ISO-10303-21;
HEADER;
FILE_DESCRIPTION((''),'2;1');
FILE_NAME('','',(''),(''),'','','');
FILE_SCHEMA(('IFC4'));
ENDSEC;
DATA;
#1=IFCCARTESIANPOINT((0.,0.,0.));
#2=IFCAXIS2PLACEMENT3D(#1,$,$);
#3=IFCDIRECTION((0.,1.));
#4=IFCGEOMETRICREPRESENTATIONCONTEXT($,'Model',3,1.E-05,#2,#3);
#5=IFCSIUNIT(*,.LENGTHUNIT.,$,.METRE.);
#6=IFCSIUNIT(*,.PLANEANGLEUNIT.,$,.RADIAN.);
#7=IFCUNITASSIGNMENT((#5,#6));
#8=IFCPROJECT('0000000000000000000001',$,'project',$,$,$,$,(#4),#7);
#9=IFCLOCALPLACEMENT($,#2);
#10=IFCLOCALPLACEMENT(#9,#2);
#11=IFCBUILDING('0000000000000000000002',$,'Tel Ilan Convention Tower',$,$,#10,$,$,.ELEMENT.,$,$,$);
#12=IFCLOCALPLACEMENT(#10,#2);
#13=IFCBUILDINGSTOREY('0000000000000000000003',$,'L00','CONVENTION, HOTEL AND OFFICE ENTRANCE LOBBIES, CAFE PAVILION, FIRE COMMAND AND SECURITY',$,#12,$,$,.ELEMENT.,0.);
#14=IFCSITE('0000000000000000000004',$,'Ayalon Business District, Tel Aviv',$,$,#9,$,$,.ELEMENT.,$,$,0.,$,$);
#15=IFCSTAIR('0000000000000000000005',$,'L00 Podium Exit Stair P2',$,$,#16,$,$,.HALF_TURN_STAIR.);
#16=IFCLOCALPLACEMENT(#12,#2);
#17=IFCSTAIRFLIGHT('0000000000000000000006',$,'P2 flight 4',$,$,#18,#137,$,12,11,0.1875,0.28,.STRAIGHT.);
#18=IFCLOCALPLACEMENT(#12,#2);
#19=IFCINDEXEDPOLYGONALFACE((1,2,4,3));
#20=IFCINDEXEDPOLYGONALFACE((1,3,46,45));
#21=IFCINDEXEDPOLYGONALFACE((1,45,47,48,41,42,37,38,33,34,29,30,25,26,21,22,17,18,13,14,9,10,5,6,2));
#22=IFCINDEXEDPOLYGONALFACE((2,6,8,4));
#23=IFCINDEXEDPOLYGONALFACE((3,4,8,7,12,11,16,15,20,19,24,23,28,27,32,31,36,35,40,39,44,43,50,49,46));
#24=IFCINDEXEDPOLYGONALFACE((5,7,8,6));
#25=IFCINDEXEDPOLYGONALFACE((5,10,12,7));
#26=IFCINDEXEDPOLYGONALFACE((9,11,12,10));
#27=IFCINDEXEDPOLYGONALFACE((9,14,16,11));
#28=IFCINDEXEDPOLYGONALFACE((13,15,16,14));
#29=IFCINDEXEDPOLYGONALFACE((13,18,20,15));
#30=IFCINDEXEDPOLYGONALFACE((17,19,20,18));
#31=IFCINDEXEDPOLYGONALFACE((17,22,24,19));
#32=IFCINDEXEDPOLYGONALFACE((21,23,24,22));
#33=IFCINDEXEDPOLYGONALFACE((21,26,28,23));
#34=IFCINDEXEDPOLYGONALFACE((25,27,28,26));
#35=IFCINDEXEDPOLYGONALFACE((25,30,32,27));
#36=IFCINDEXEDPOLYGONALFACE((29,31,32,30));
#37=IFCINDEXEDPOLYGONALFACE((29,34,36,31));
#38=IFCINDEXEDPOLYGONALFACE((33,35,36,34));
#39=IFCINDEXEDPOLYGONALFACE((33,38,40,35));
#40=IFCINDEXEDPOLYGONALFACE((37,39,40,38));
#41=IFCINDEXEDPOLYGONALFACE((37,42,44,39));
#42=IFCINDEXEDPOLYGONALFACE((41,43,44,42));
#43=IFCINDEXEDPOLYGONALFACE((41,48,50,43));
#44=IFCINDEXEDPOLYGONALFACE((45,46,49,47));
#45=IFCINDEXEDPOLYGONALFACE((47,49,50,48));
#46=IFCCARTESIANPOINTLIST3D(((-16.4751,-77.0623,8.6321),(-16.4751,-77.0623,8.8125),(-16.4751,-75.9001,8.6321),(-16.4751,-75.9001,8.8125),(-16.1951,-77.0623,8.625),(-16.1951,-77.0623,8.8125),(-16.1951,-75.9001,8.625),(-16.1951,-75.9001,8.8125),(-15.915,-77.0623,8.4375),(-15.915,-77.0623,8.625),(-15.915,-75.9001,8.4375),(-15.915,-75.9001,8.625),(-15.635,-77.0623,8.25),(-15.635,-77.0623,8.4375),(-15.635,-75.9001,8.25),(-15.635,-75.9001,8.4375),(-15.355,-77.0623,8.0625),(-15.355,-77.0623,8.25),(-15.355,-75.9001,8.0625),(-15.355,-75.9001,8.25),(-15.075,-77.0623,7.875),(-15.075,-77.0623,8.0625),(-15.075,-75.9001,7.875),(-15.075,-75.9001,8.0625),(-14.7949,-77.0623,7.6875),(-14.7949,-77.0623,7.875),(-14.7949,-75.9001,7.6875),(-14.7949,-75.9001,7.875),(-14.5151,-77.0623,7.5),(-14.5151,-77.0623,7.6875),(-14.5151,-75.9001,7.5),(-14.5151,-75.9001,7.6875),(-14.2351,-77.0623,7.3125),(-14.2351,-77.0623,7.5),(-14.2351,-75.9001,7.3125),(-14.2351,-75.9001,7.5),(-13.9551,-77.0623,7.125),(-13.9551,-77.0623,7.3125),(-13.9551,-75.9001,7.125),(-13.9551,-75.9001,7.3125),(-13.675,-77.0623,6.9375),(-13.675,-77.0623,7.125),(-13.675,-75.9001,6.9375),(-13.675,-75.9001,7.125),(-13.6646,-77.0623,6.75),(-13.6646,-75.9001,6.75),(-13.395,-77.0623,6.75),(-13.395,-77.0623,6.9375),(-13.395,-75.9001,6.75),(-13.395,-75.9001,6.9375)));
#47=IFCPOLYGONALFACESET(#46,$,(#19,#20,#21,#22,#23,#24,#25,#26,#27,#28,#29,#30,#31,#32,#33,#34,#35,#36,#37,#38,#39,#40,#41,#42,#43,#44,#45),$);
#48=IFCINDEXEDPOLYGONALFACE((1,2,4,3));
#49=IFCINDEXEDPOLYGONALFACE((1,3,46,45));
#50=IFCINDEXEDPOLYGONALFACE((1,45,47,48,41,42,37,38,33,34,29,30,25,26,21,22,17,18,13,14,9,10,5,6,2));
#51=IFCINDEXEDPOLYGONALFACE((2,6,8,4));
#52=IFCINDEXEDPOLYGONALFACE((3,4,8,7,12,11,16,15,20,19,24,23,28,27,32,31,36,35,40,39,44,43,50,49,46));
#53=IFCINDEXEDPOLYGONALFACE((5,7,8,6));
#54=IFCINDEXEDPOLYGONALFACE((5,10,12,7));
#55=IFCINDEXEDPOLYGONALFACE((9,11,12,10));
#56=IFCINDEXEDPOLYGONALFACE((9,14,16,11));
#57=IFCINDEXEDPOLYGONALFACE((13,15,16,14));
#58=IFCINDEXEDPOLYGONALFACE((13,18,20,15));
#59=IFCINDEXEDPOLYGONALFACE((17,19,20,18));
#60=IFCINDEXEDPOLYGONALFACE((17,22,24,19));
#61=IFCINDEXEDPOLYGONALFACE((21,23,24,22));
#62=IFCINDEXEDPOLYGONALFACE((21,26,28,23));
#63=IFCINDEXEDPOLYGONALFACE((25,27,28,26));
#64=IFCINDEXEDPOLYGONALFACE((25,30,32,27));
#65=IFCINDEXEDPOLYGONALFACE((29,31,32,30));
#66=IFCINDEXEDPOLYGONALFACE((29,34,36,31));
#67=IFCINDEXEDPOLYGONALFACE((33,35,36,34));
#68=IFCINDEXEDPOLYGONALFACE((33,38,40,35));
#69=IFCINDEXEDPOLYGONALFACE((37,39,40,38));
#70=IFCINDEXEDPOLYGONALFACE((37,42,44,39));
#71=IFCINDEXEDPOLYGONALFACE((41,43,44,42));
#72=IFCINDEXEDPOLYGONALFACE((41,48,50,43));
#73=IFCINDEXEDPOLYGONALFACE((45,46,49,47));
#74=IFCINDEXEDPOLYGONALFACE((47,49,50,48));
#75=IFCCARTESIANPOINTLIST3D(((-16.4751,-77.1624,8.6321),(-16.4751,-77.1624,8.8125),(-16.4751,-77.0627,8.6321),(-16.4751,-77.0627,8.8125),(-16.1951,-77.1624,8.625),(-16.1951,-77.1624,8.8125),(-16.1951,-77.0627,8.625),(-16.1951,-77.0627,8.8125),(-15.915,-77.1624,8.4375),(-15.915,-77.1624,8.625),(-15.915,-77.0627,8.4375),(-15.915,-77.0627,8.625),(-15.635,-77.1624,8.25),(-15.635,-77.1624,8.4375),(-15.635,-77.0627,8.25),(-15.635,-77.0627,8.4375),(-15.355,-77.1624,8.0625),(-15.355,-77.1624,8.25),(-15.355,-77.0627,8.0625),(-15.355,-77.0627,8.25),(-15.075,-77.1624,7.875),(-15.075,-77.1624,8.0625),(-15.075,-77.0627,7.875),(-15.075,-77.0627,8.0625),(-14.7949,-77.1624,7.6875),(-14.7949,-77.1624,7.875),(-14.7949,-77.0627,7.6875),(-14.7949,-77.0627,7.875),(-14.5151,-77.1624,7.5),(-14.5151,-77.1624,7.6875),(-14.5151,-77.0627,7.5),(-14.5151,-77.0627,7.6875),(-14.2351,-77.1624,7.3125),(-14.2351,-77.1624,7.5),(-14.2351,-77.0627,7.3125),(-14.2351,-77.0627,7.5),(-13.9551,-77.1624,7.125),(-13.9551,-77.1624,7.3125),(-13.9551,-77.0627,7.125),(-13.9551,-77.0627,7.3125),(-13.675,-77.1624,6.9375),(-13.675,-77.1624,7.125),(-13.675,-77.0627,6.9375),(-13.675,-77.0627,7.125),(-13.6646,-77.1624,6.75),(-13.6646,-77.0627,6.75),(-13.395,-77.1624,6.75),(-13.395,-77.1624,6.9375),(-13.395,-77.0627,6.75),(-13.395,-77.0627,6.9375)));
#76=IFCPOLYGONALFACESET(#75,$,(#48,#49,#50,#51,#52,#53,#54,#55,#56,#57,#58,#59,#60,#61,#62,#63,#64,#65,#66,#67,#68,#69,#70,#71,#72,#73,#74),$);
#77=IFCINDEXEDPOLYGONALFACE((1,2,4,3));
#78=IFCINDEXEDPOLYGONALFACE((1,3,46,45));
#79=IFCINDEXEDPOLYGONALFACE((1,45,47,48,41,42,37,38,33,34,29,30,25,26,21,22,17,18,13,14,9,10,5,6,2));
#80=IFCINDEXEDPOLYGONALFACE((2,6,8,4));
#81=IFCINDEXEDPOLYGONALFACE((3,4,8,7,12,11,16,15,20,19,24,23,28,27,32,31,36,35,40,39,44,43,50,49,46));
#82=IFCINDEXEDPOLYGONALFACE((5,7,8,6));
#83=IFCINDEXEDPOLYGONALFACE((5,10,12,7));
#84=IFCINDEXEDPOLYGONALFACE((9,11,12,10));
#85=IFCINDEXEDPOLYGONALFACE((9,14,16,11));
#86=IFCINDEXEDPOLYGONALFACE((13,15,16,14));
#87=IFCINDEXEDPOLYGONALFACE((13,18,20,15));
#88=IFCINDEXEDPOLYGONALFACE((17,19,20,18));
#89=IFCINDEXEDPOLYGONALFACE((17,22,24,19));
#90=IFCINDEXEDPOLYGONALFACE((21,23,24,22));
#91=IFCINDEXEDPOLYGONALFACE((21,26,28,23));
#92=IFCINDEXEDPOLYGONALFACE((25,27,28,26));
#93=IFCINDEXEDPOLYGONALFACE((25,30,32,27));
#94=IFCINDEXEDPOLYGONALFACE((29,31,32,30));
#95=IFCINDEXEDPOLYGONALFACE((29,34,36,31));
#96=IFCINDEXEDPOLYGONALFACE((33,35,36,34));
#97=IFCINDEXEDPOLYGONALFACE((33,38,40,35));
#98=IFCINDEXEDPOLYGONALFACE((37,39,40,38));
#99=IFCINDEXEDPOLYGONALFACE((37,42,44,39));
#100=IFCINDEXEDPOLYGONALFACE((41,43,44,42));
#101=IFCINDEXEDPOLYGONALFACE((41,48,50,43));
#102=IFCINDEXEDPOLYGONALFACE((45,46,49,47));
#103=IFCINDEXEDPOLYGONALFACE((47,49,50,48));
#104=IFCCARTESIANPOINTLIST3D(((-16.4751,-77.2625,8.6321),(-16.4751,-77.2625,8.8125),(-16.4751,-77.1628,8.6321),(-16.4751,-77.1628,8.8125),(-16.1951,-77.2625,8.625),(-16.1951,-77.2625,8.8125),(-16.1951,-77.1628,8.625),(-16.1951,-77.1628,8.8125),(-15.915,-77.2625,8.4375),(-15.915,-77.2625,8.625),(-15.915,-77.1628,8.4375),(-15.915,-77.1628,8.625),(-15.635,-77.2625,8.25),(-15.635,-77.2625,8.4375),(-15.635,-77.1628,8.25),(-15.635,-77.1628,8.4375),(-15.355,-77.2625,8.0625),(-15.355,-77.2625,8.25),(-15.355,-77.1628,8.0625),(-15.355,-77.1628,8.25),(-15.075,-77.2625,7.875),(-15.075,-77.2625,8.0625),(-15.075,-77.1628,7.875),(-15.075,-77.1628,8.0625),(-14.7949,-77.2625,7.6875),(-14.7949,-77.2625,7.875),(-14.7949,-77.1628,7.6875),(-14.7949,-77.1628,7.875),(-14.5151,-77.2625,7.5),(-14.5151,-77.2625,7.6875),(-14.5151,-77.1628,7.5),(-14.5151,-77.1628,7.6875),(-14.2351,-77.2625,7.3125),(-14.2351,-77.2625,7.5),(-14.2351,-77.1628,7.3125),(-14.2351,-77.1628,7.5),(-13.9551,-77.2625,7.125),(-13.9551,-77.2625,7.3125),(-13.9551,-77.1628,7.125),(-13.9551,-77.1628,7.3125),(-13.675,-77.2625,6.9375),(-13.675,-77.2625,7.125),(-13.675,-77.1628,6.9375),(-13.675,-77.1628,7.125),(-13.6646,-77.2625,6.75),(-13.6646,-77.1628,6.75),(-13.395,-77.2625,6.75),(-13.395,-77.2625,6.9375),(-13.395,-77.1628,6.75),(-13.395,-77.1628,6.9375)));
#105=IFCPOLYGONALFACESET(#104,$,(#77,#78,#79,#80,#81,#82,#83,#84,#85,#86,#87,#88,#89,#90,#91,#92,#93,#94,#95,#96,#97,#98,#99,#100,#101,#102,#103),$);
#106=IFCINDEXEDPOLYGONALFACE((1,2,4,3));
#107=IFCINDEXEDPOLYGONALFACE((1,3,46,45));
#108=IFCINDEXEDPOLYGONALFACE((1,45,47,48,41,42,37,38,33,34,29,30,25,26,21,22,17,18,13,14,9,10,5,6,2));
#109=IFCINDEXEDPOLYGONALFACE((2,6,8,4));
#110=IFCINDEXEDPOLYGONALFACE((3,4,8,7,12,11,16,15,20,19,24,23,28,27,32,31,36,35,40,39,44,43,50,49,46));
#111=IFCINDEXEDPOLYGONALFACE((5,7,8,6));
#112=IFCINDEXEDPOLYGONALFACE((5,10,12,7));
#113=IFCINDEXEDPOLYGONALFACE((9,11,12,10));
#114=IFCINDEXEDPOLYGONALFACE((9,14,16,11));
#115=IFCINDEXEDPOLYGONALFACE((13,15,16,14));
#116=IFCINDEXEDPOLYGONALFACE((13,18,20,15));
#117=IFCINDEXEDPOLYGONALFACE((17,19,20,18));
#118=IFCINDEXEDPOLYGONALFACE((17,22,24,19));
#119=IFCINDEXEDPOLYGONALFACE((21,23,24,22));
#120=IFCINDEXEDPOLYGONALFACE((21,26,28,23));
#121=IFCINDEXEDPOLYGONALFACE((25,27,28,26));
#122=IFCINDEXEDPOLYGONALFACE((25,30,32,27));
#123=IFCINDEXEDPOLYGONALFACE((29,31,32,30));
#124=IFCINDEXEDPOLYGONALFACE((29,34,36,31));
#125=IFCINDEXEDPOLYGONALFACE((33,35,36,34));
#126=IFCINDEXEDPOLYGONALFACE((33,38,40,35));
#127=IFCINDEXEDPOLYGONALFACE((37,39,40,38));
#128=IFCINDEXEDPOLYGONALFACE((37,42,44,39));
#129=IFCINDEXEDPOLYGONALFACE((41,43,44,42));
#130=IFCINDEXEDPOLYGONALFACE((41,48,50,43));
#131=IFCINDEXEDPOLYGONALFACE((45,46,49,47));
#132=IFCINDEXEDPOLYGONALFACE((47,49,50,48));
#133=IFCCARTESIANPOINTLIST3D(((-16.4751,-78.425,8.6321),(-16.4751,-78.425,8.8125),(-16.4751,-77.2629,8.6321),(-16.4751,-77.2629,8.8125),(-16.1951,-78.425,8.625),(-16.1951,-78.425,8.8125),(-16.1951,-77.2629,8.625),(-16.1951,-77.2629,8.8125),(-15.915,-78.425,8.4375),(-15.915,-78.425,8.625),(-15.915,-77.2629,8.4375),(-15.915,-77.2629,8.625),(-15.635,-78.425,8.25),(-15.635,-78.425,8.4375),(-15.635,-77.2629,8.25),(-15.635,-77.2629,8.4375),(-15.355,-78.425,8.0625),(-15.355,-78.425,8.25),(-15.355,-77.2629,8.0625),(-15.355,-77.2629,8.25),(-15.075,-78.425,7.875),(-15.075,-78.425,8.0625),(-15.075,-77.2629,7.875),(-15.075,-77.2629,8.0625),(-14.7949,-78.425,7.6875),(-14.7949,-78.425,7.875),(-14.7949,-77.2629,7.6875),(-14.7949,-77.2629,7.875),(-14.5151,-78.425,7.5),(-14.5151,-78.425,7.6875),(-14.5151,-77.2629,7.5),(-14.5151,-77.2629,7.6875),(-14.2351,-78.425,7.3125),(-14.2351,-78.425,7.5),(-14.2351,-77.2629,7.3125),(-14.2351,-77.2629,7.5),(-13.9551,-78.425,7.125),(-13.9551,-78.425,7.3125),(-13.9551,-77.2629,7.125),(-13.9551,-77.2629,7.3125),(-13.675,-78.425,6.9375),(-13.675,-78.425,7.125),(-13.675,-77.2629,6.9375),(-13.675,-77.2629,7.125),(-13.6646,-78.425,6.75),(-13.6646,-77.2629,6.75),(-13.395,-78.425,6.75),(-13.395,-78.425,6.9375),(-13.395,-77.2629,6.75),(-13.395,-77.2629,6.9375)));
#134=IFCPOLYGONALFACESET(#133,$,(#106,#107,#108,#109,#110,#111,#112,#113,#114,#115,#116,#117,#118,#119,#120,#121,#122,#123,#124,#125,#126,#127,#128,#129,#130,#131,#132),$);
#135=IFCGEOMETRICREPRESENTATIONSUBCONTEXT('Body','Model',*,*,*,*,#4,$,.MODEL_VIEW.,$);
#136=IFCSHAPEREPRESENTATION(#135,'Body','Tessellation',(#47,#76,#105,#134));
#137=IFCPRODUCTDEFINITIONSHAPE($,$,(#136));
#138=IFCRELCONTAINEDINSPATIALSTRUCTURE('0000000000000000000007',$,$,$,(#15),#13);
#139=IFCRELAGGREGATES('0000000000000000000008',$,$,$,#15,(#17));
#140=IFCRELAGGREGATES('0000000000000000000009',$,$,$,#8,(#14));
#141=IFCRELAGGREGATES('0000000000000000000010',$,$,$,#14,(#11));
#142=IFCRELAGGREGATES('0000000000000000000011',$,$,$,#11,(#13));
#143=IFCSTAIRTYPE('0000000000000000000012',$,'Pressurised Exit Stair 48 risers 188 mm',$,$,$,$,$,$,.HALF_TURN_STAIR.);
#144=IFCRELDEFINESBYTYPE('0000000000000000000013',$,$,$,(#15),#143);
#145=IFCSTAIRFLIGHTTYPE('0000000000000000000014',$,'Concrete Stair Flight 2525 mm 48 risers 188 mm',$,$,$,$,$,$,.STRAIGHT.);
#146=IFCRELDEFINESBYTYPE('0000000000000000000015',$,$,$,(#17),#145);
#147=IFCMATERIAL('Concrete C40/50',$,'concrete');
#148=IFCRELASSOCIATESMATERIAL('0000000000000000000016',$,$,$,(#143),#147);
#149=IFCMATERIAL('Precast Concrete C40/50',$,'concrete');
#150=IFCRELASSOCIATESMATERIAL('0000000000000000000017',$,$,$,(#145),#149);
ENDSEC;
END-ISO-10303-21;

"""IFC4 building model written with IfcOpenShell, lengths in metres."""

from ifc_helpers import new_model, si_unit, direction, frame, origin, place, context, subcontext, project, spatial, polyline, outline, extrude, material, type_object, element, aggregate, save


model = new_model("IFC4")

# Units and contexts
model_context = context("Model", 3, precision=1e-05, world=origin(), true_north=direction((0.0, 1.0)))
body_context = subcontext(model_context, "Body", "Model", "MODEL_VIEW")
ifc_project = project(units=[si_unit("LENGTHUNIT", "METRE"), si_unit("PLANEANGLEUNIT", "RADIAN")], contexts=[model_context])

# Site, building, storey
site_placement = place(None, origin())
site = spatial("IfcSite", under=ifc_project, at=site_placement, Name="Ayalon Business District, Tel Aviv", CompositionType="ELEMENT", RefElevation=0.0)
building_placement = place(site_placement, origin())
building = spatial("IfcBuilding", under=site, at=building_placement, Name="Tel Ilan Convention Tower", CompositionType="ELEMENT")
storey_placement = place(building_placement, origin())
storey = spatial("IfcBuildingStorey", under=building, at=storey_placement, Name="L00", Description="CONVENTION, HOTEL AND OFFICE ENTRANCE LOBBIES, CAFE PAVILION, FIRE COMMAND AND SECURITY", CompositionType="ELEMENT", Elevation=0.0)

# Stair, stair flight
ifc_material_1 = material(Name="Concrete C40/50", Category="concrete")
stair_type = type_object("IfcStairType", Name="Pressurised Exit Stair 48 risers 188 mm", PredefinedType="HALF_TURN_STAIR", material=ifc_material_1)
stair_placement = place(storey_placement, origin())
stair = element("IfcStair", 1, at=stair_placement, inside=storey, type_object=stair_type, Name="L00 Podium Exit Stair P2", PredefinedType="HALF_TURN_STAIR")
ifc_material_2 = material(Name="Precast Concrete C40/50", Category="concrete")
stair_flight_type = type_object("IfcStairFlightType", Name="Concrete Stair Flight 2525 mm 48 risers 188 mm", PredefinedType="STRAIGHT", material=ifc_material_2)
stair_flight_1_placement = place(storey_placement, frame((-13.395, -77.1626, 6.75), z_axis=(0.0, 0.0, 1.0), x_axis=(-1.0, 0.0, 0.0)))
stair_flight_1 = element("IfcStairFlight", 2, at=stair_flight_1_placement, type_object=stair_flight_type, Name="P2 flight 4", NumberOfRisers=12, NumberOfTreads=11, PredefinedType="STRAIGHT", RiserHeight=0.1875, TreadLength=0.28, context=body_context, shape_type="SweptSolid", body=[
    extrude(outline(polyline([(0.0, 0.0), (0.0, 0.1875), (0.28, 0.1875), (0.28, 0.375), (0.5601, 0.375), (0.5601, 0.5625), (0.8401, 0.5625), (0.8401, 0.75), (1.1201, 0.75), (1.1201, 0.9375), (1.3999, 0.9375), (1.3999, 1.125), (1.6799, 1.125), (1.6799, 1.3125), (1.96, 1.3125), (1.96, 1.5), (2.24, 1.5), (2.24, 1.6875), (2.52, 1.6875), (2.52, 1.875), (2.8, 1.875), (2.8, 2.0625), (3.0801, 2.0625), (3.0801, 2.25), (3.0801, 1.8821), (0.2695, 0.0), (0.0, 0.0)])), frame((0.0, -0.1003, 0.0), z_axis=(0.0, -1.0, 0.0), x_axis=(1.0, 0.0, 0.0)), (0.0, 0.0, 1.0), 1.1621),
    extrude(outline(polyline([(0.0, 0.0), (0.0, 0.1875), (0.28, 0.1875), (0.28, 0.375), (0.5601, 0.375), (0.5601, 0.5625), (0.8401, 0.5625), (0.8401, 0.75), (1.1201, 0.75), (1.1201, 0.9375), (1.3999, 0.9375), (1.3999, 1.125), (1.6799, 1.125), (1.6799, 1.3125), (1.96, 1.3125), (1.96, 1.5), (2.24, 1.5), (2.24, 1.6875), (2.52, 1.6875), (2.52, 1.875), (2.8, 1.875), (2.8, 2.0625), (3.0801, 2.0625), (3.0801, 2.25), (3.0801, 1.8821), (0.2695, 0.0), (0.0, 0.0)])), frame((0.0, -0.0002, 0.0), z_axis=(0.0, -1.0, 0.0), x_axis=(1.0, 0.0, 0.0)), (0.0, 0.0, 1.0), 0.0996),
    extrude(outline(polyline([(0.0, 0.0), (0.0, 0.1875), (0.28, 0.1875), (0.28, 0.375), (0.5601, 0.375), (0.5601, 0.5625), (0.8401, 0.5625), (0.8401, 0.75), (1.1201, 0.75), (1.1201, 0.9375), (1.3999, 0.9375), (1.3999, 1.125), (1.6799, 1.125), (1.6799, 1.3125), (1.96, 1.3125), (1.96, 1.5), (2.24, 1.5), (2.24, 1.6875), (2.52, 1.6875), (2.52, 1.875), (2.8, 1.875), (2.8, 2.0625), (3.0801, 2.0625), (3.0801, 2.25), (3.0801, 1.8821), (0.2695, 0.0), (0.0, 0.0)])), frame((0.0, 0.0999, 0.0), z_axis=(0.0, -1.0, 0.0), x_axis=(1.0, 0.0, 0.0)), (0.0, 0.0, 1.0), 0.0996),
    extrude(outline(polyline([(0.0, 0.0), (0.0, 0.1875), (0.28, 0.1875), (0.28, 0.375), (0.5601, 0.375), (0.5601, 0.5625), (0.8401, 0.5625), (0.8401, 0.75), (1.1201, 0.75), (1.1201, 0.9375), (1.3999, 0.9375), (1.3999, 1.125), (1.6799, 1.125), (1.6799, 1.3125), (1.96, 1.3125), (1.96, 1.5), (2.24, 1.5), (2.24, 1.6875), (2.52, 1.6875), (2.52, 1.875), (2.8, 1.875), (2.8, 2.0625), (3.0801, 2.0625), (3.0801, 2.25), (3.0801, 1.8821), (0.2695, 0.0), (0.0, 0.0)])), frame((0.0, 1.2625, 0.0), z_axis=(0.0, -1.0, 0.0), x_axis=(1.0, 0.0, 0.0)), (0.0, 0.0, 1.0), 1.1621),
])
aggregate(stair, [stair_flight_1])

save(model, "model.ifc")
